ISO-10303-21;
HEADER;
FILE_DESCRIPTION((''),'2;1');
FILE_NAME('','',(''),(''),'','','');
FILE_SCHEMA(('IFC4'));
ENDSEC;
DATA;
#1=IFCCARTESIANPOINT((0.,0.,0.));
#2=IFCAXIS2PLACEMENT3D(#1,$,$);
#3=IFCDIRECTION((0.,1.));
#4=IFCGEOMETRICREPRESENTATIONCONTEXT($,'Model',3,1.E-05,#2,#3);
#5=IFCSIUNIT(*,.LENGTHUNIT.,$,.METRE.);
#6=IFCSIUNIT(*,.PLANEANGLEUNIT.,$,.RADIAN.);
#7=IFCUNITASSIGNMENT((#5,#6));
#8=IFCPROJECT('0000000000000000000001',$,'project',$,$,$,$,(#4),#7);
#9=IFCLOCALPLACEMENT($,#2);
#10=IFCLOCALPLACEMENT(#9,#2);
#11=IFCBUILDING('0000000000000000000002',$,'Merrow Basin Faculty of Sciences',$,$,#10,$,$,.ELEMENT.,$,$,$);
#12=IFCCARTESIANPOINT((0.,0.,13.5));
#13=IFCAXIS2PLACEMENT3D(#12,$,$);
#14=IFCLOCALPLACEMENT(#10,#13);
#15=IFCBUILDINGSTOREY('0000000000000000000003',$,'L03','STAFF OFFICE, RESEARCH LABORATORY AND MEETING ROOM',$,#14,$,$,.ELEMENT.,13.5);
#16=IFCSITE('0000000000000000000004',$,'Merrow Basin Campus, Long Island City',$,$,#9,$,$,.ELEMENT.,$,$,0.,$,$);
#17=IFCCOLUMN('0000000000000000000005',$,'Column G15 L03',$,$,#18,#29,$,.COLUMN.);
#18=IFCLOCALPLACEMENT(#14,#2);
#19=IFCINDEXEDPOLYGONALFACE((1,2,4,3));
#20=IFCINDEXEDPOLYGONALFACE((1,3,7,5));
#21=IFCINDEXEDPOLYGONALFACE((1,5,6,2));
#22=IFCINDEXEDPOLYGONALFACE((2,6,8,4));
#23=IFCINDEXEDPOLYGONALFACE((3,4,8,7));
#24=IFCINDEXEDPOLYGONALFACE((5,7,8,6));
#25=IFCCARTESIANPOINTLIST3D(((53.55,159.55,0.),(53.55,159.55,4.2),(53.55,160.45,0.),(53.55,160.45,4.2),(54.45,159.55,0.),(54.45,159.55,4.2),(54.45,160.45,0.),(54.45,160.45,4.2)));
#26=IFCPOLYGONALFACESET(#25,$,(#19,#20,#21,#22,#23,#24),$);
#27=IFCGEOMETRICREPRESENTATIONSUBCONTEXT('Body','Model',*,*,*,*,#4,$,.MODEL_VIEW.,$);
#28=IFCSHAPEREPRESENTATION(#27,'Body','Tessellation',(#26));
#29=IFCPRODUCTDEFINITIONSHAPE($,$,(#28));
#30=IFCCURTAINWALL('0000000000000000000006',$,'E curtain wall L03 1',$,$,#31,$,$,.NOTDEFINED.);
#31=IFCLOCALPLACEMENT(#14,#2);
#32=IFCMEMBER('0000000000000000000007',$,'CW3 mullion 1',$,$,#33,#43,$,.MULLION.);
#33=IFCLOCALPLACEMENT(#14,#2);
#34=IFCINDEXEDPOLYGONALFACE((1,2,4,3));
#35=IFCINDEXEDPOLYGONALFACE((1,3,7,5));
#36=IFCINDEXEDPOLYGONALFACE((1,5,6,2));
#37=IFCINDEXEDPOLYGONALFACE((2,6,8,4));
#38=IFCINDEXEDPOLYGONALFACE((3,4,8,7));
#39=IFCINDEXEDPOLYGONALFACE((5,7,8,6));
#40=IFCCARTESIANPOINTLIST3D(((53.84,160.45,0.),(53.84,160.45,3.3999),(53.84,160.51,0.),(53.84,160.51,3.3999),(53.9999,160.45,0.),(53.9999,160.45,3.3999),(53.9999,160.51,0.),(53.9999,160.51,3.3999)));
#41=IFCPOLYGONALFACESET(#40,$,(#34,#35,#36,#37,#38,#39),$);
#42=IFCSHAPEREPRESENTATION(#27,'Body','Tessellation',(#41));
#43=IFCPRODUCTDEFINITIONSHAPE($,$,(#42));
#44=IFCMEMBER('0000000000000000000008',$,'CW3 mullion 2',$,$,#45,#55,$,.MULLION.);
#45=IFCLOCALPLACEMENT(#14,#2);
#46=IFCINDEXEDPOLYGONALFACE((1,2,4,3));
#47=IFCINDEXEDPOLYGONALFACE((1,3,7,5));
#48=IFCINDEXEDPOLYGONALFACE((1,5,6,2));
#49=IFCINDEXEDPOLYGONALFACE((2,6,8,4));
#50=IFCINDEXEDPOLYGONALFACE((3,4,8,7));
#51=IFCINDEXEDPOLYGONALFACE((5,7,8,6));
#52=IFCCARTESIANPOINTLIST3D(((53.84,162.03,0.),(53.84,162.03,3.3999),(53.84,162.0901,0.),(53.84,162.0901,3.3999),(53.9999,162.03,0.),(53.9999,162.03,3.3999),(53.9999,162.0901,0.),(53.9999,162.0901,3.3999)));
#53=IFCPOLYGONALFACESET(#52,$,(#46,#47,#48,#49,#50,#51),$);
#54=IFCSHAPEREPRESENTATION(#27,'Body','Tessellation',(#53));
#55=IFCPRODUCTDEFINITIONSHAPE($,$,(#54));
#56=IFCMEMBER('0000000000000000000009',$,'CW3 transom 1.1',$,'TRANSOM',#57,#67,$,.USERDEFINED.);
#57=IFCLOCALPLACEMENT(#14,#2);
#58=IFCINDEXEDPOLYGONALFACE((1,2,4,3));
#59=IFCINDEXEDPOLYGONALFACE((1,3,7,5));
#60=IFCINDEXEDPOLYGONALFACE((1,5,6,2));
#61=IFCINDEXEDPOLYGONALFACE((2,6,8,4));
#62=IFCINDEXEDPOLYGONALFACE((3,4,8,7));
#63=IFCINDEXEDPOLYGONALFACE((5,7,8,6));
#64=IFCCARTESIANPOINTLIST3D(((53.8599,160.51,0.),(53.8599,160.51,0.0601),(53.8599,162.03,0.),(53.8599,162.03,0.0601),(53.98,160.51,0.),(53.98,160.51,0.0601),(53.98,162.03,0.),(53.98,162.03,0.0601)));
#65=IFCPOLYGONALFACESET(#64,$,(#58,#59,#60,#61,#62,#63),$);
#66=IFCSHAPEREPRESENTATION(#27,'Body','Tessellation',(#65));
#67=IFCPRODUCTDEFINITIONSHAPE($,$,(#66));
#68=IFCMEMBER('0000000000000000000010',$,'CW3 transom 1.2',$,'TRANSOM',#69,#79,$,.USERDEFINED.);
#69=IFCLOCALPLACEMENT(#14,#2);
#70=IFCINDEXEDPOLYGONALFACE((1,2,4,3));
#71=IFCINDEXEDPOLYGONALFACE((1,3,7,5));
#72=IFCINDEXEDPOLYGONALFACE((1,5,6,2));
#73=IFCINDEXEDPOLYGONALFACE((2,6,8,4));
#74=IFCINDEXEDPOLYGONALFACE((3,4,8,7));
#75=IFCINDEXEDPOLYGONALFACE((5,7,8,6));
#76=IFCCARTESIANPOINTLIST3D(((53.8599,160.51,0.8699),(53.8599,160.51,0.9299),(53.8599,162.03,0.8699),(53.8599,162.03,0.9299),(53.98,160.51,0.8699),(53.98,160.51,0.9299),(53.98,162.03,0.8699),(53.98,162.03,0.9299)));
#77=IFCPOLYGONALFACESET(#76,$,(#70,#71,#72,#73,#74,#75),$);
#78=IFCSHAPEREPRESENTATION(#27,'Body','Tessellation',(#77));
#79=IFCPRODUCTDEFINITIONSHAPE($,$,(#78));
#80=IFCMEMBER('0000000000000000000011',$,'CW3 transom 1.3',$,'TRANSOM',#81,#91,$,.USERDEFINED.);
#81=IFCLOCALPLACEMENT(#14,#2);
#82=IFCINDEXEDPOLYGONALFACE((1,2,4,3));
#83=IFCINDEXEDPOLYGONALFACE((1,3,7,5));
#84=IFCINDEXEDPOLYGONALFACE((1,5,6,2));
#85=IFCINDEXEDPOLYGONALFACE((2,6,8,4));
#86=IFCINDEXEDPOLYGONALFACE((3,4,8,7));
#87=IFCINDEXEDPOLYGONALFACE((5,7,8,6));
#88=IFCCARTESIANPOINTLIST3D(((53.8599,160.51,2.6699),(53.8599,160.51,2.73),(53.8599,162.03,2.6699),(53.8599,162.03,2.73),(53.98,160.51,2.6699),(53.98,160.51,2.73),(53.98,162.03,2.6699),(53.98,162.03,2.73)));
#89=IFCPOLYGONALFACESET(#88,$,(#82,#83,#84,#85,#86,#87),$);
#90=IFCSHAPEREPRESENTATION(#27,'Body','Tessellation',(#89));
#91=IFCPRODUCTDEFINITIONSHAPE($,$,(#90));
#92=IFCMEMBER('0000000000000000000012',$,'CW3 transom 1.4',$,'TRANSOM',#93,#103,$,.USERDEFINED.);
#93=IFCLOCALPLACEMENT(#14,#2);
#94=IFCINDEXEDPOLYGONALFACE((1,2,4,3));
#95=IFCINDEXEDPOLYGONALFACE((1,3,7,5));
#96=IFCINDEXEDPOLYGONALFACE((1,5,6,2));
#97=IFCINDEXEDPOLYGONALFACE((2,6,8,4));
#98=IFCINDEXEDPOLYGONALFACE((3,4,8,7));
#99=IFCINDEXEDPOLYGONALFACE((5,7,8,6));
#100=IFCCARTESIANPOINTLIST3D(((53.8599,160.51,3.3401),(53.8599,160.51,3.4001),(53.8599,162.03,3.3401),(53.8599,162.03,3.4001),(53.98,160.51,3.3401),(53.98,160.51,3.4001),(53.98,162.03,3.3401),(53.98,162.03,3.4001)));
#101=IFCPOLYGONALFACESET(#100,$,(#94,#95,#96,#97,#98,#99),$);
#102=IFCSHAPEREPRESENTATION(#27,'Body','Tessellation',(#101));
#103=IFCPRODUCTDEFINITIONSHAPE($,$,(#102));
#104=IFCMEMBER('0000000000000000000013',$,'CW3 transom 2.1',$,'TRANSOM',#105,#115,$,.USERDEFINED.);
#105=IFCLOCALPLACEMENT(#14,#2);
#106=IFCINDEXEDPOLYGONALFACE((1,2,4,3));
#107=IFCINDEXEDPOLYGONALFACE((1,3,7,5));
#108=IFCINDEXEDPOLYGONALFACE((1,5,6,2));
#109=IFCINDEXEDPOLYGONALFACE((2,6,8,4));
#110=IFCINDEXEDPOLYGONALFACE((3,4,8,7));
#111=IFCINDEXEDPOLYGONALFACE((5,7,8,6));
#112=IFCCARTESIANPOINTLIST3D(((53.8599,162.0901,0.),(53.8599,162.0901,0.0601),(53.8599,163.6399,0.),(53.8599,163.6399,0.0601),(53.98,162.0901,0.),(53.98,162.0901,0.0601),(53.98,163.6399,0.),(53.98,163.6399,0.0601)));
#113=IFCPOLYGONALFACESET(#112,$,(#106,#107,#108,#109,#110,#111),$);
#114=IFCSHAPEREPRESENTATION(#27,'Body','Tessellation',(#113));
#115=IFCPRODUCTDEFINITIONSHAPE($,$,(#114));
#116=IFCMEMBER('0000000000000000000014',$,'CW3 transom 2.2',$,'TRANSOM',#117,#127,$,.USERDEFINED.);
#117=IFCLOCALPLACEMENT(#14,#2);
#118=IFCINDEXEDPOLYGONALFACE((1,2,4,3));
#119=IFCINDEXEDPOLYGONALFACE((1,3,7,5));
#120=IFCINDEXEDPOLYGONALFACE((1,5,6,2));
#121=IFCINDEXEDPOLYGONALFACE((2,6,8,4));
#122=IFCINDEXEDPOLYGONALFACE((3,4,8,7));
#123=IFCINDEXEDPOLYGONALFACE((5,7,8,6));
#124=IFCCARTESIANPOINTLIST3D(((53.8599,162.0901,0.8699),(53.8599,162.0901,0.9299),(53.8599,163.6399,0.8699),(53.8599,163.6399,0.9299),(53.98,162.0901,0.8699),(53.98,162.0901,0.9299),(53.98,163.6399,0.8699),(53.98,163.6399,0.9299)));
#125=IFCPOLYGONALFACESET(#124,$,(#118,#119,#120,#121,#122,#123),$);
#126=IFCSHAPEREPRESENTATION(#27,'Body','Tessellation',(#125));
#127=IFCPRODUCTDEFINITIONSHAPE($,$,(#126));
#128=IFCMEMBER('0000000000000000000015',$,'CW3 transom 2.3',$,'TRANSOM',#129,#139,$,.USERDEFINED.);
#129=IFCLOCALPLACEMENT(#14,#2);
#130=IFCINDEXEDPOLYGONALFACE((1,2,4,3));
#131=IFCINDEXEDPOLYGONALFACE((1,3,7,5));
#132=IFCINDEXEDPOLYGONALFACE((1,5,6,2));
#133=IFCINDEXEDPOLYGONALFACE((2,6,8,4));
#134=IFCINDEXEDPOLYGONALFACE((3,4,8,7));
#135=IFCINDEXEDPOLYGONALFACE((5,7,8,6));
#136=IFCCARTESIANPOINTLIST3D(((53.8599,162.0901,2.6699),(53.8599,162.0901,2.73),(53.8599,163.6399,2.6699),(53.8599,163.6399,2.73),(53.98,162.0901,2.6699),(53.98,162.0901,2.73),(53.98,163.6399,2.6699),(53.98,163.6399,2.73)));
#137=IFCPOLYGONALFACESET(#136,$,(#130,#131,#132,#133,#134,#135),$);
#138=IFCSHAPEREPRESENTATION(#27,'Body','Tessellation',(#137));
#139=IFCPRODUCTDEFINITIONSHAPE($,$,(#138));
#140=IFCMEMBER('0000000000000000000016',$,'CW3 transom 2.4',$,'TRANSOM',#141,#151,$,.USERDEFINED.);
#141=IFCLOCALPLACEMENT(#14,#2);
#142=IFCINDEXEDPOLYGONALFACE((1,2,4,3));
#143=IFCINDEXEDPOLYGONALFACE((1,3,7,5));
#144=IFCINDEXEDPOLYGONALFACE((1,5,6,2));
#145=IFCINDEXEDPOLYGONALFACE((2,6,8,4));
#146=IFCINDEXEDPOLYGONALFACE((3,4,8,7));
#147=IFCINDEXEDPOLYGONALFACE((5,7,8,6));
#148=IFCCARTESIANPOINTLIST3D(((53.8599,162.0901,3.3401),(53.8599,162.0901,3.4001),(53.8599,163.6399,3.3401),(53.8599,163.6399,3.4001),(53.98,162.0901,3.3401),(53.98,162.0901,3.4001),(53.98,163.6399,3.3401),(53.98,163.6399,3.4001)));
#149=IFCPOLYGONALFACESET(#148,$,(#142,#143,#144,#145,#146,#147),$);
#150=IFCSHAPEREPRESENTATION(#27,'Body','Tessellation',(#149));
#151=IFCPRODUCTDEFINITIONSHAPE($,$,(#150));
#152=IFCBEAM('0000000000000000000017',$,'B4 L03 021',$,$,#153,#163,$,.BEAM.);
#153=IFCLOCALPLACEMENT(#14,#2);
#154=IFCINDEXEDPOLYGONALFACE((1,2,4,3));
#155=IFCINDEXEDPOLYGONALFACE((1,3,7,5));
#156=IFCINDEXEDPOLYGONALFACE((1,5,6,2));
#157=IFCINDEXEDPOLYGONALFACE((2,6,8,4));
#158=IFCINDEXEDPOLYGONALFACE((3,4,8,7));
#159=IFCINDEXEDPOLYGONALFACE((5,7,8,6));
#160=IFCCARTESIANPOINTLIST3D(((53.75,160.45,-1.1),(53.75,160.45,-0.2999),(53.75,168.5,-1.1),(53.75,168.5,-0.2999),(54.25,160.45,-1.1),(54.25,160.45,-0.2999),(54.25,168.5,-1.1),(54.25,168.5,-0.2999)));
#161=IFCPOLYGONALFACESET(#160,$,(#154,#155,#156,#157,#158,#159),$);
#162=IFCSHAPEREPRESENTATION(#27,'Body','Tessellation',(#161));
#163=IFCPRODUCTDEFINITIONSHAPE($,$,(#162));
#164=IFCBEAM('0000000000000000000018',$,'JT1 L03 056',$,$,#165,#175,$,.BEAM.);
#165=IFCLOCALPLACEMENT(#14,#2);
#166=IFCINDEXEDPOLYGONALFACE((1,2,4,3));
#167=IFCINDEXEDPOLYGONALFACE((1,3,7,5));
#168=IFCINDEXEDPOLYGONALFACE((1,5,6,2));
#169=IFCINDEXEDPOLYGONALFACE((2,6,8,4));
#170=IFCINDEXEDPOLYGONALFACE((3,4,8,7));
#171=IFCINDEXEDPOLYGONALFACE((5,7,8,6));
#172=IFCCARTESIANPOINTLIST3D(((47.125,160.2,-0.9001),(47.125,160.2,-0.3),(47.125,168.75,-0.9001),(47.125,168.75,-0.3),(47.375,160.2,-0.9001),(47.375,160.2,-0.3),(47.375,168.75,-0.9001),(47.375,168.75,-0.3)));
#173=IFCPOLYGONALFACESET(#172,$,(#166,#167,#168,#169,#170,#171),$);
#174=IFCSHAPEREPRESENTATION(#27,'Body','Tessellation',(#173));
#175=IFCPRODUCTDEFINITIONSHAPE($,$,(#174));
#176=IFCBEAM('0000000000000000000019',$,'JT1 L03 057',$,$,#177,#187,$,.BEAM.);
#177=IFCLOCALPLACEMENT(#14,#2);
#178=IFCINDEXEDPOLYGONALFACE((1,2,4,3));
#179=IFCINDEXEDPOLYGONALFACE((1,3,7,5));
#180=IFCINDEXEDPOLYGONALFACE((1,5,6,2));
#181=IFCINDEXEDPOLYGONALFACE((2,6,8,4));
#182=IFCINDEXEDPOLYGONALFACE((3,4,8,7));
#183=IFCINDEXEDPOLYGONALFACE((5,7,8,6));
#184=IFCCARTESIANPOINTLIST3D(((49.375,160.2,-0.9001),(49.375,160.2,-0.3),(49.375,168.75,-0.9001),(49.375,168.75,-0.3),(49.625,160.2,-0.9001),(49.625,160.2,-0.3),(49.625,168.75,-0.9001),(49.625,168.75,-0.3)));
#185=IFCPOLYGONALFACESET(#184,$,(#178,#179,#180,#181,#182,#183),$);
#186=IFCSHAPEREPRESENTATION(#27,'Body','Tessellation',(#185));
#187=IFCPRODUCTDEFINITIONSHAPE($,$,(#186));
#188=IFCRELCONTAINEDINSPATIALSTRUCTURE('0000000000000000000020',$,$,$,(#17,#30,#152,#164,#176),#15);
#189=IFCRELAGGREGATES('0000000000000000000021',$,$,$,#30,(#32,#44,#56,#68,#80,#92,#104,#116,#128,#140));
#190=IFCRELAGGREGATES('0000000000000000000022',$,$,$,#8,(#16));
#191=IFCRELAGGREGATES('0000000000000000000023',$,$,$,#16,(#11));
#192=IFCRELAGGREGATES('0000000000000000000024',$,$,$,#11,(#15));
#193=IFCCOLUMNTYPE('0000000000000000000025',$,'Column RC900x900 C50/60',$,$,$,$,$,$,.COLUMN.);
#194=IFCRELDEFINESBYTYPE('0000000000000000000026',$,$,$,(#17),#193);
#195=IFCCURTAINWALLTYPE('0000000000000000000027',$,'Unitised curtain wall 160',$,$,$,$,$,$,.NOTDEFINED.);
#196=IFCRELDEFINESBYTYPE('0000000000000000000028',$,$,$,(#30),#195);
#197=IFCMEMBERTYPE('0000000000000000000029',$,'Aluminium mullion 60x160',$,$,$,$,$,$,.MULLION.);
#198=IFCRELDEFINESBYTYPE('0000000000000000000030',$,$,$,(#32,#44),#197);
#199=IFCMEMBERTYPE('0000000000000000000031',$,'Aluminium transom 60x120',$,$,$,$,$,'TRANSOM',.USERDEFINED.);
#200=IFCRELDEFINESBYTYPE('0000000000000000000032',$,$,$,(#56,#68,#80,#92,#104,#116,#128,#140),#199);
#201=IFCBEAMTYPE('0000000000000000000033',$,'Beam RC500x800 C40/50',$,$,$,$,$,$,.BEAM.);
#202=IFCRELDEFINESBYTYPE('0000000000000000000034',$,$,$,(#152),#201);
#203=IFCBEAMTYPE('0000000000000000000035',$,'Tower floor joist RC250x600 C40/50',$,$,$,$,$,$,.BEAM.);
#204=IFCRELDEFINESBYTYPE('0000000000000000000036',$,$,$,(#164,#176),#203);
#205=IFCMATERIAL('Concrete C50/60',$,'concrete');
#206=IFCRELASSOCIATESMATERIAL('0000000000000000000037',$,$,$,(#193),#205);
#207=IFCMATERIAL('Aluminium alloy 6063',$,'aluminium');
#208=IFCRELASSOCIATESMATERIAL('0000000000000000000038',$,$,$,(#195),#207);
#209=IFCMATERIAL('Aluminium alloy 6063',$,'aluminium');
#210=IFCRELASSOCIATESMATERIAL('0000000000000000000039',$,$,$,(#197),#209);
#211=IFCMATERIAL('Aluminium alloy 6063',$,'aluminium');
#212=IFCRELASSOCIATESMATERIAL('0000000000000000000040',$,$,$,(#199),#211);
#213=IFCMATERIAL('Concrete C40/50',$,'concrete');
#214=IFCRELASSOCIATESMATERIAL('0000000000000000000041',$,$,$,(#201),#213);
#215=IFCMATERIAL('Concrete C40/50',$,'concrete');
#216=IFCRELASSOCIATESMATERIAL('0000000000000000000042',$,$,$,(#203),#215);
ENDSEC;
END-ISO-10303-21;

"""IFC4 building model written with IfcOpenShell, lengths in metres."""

from ifc_helpers import new_model, si_unit, direction, frame, origin, origin_2d, place, context, subcontext, project, spatial, rectangle, extrude, material, material_profile, profile_set, type_object, element, aggregate, save


model = new_model("IFC4")

# Units and contexts
model_context = context("Model", 3, precision=1e-05, world=origin(), true_north=direction((0.0, 1.0)))
body_context = subcontext(model_context, "Body", "Model", "MODEL_VIEW")
ifc_project = project(units=[si_unit("LENGTHUNIT", "METRE"), si_unit("PLANEANGLEUNIT", "RADIAN")], contexts=[model_context])

# Site, building, storey
site_placement = place(None, origin())
site = spatial("IfcSite", under=ifc_project, at=site_placement, Name="Merrow Basin Campus, Long Island City", CompositionType="ELEMENT", RefElevation=0.0)
building_placement = place(site_placement, origin())
building = spatial("IfcBuilding", under=site, at=building_placement, Name="Merrow Basin Faculty of Sciences", CompositionType="ELEMENT")
storey_placement = place(building_placement, frame((0.0, 0.0, 13.5)))
storey = spatial("IfcBuildingStorey", under=building, at=storey_placement, Name="L03", Description="STAFF OFFICE, RESEARCH LABORATORY AND MEETING ROOM", CompositionType="ELEMENT", Elevation=13.5)

# Column
ifc_material_1 = material(Name="Concrete C50/60", Category="concrete")
ifc_material_profile_1 = material_profile(ifc_material_1, rectangle(XDim=0.8999, YDim=0.8999, at=origin_2d()))
ifc_profile_set_1 = profile_set([ifc_material_profile_1], Name="Concrete C50/60")
column_type = type_object("IfcColumnType", Name="Column RC900x900 C50/60", PredefinedType="COLUMN", material=ifc_profile_set_1)
column_placement = place(storey_placement, frame((54.0, 160.0, 0.0), z_axis=(0.0, 0.0, 1.0), x_axis=(1.0, 0.0, 0.0)))
element("IfcColumn", 1, at=column_placement, inside=storey, type_object=column_type, Name="Column G15 L03", PredefinedType="COLUMN", context=body_context, shape_type="SweptSolid", body=[
    extrude(rectangle(XDim=0.8999, YDim=0.8999, at=origin_2d()), origin(), (0.0, 0.0, 1.0), 4.2),
])

# Curtain wall, members
ifc_material_2 = material(Name="Aluminium alloy 6063", Category="aluminium")
curtain_wall_type = type_object("IfcCurtainWallType", Name="Unitised curtain wall 160", PredefinedType="NOTDEFINED", material=ifc_material_2)
curtain_wall_placement = place(storey_placement, origin())
curtain_wall = element("IfcCurtainWall", 2, at=curtain_wall_placement, inside=storey, type_object=curtain_wall_type, Name="E curtain wall L03 1", PredefinedType="NOTDEFINED")
ifc_material_3 = material(Name="Aluminium alloy 6063", Category="aluminium")
ifc_material_profile_2 = material_profile(ifc_material_3, rectangle(XDim=0.1599, YDim=0.0601, at=origin_2d()))
ifc_profile_set_2 = profile_set([ifc_material_profile_2], Name="Aluminium alloy 6063")
member_type_1 = type_object("IfcMemberType", Name="Aluminium mullion 60x160", PredefinedType="MULLION", material=ifc_profile_set_2)
member_1_placement = place(storey_placement, frame((53.9199, 160.48, 0.0), z_axis=(0.0, 0.0, 1.0), x_axis=(-1.0, 0.0, 0.0)))
member_1 = element("IfcMember", 3, at=member_1_placement, type_object=member_type_1, Name="CW3 mullion 1", PredefinedType="MULLION", context=body_context, shape_type="SweptSolid", body=[
    extrude(rectangle(XDim=0.1599, YDim=0.0601, at=origin_2d()), origin(), (0.0, 0.0, 1.0), 3.3999),
])
member_2_placement = place(storey_placement, frame((53.9199, 162.0601, 0.0), z_axis=(0.0, 0.0, 1.0), x_axis=(-1.0, 0.0, 0.0)))
member_2 = element("IfcMember", 4, at=member_2_placement, type_object=member_type_1, Name="CW3 mullion 2", PredefinedType="MULLION", context=body_context, shape_type="SweptSolid", body=[
    extrude(rectangle(XDim=0.1599, YDim=0.0601, at=origin_2d()), origin(), (0.0, 0.0, 1.0), 3.3999),
])
ifc_material_4 = material(Name="Aluminium alloy 6063", Category="aluminium")
ifc_material_profile_3 = material_profile(ifc_material_4, rectangle(XDim=0.1201, YDim=0.0601, at=origin_2d()))
ifc_profile_set_3 = profile_set([ifc_material_profile_3], Name="Aluminium alloy 6063")
member_type_2 = type_object("IfcMemberType", Name="Aluminium transom 60x120", ElementType="TRANSOM", PredefinedType="USERDEFINED", material=ifc_profile_set_3)
member_3_placement = place(storey_placement, frame((53.9199, 160.51, 0.03), z_axis=(0.0, 1.0, 0.0), x_axis=(-1.0, 0.0, 0.0)))
member_3 = element("IfcMember", 5, at=member_3_placement, type_object=member_type_2, Name="CW3 transom 1.1", ObjectType="TRANSOM", PredefinedType="USERDEFINED", context=body_context, shape_type="SweptSolid", body=[
    extrude(rectangle(XDim=0.1201, YDim=0.0601, at=origin_2d()), origin(), (0.0, 0.0, 1.0), 1.52),
])
member_4_placement = place(storey_placement, frame((53.9199, 160.51, 0.8999), z_axis=(0.0, 1.0, 0.0), x_axis=(-1.0, 0.0, 0.0)))
member_4 = element("IfcMember", 6, at=member_4_placement, type_object=member_type_2, Name="CW3 transom 1.2", ObjectType="TRANSOM", PredefinedType="USERDEFINED", context=body_context, shape_type="SweptSolid", body=[
    extrude(rectangle(XDim=0.1201, YDim=0.0601, at=origin_2d()), origin(), (0.0, 0.0, 1.0), 1.52),
])
member_5_placement = place(storey_placement, frame((53.9199, 160.51, 2.7), z_axis=(0.0, 1.0, 0.0), x_axis=(-1.0, 0.0, 0.0)))
member_5 = element("IfcMember", 7, at=member_5_placement, type_object=member_type_2, Name="CW3 transom 1.3", ObjectType="TRANSOM", PredefinedType="USERDEFINED", context=body_context, shape_type="SweptSolid", body=[
    extrude(rectangle(XDim=0.1201, YDim=0.0601, at=origin_2d()), origin(), (0.0, 0.0, 1.0), 1.52),
])
member_6_placement = place(storey_placement, frame((53.9199, 160.51, 3.3701), z_axis=(0.0, 1.0, 0.0), x_axis=(-1.0, 0.0, 0.0)))
member_6 = element("IfcMember", 8, at=member_6_placement, type_object=member_type_2, Name="CW3 transom 1.4", ObjectType="TRANSOM", PredefinedType="USERDEFINED", context=body_context, shape_type="SweptSolid", body=[
    extrude(rectangle(XDim=0.1201, YDim=0.0601, at=origin_2d()), origin(), (0.0, 0.0, 1.0), 1.52),
])
member_7_placement = place(storey_placement, frame((53.9199, 162.0901, 0.03), z_axis=(0.0, 1.0, 0.0), x_axis=(-1.0, 0.0, 0.0)))
member_7 = element("IfcMember", 9, at=member_7_placement, type_object=member_type_2, Name="CW3 transom 2.1", ObjectType="TRANSOM", PredefinedType="USERDEFINED", context=body_context, shape_type="SweptSolid", body=[
    extrude(rectangle(XDim=0.1201, YDim=0.0601, at=origin_2d()), origin(), (0.0, 0.0, 1.0), 1.5498),
])
member_8_placement = place(storey_placement, frame((53.9199, 162.0901, 0.8999), z_axis=(0.0, 1.0, 0.0), x_axis=(-1.0, 0.0, 0.0)))
member_8 = element("IfcMember", 10, at=member_8_placement, type_object=member_type_2, Name="CW3 transom 2.2", ObjectType="TRANSOM", PredefinedType="USERDEFINED", context=body_context, shape_type="SweptSolid", body=[
    extrude(rectangle(XDim=0.1201, YDim=0.0601, at=origin_2d()), origin(), (0.0, 0.0, 1.0), 1.5498),
])
member_9_placement = place(storey_placement, frame((53.9199, 162.0901, 2.7), z_axis=(0.0, 1.0, 0.0), x_axis=(-1.0, 0.0, 0.0)))
member_9 = element("IfcMember", 11, at=member_9_placement, type_object=member_type_2, Name="CW3 transom 2.3", ObjectType="TRANSOM", PredefinedType="USERDEFINED", context=body_context, shape_type="SweptSolid", body=[
    extrude(rectangle(XDim=0.1201, YDim=0.0601, at=origin_2d()), origin(), (0.0, 0.0, 1.0), 1.5498),
])
member_10_placement = place(storey_placement, frame((53.9199, 162.0901, 3.3701), z_axis=(0.0, 1.0, 0.0), x_axis=(-1.0, 0.0, 0.0)))
member_10 = element("IfcMember", 12, at=member_10_placement, type_object=member_type_2, Name="CW3 transom 2.4", ObjectType="TRANSOM", PredefinedType="USERDEFINED", context=body_context, shape_type="SweptSolid", body=[
    extrude(rectangle(XDim=0.1201, YDim=0.0601, at=origin_2d()), origin(), (0.0, 0.0, 1.0), 1.5498),
])

# Beams
ifc_material_5 = material(Name="Concrete C40/50", Category="concrete")
ifc_material_profile_4 = material_profile(ifc_material_5, rectangle(XDim=0.5, YDim=0.8, at=origin_2d()))
ifc_profile_set_4 = profile_set([ifc_material_profile_4], Name="Concrete C40/50")
beam_type_1 = type_object("IfcBeamType", Name="Beam RC500x800 C40/50", PredefinedType="BEAM", material=ifc_profile_set_4)
beam_placement = place(storey_placement, frame((54.0, 160.45, -0.7), z_axis=(0.0, 1.0, 0.0), x_axis=(-1.0, 0.0, 0.0)))
element("IfcBeam", 13, at=beam_placement, inside=storey, type_object=beam_type_1, Name="B4 L03 021", PredefinedType="BEAM", context=body_context, shape_type="SweptSolid", body=[
    extrude(rectangle(XDim=0.5, YDim=0.8, at=origin_2d()), origin(), (0.0, 0.0, 1.0), 8.05),
])
ifc_material_6 = material(Name="Concrete C40/50", Category="concrete")
ifc_material_profile_5 = material_profile(ifc_material_6, rectangle(XDim=0.25, YDim=0.6001, at=origin_2d()))
ifc_profile_set_5 = profile_set([ifc_material_profile_5], Name="Concrete C40/50")
beam_type_2 = type_object("IfcBeamType", Name="Tower floor joist RC250x600 C40/50", PredefinedType="BEAM", material=ifc_profile_set_5)
for number, where, z_axis, x_axis, name in (
    (14, (47.25, 160.2, -0.6001), (0.0, 1.0, 0.0), (-1.0, 0.0, 0.0), "JT1 L03 056"),
    (15, (49.5, 160.2, -0.6001), (0.0, 1.0, 0.0), (-1.0, 0.0, 0.0), "JT1 L03 057"),
):
    element("IfcBeam", number, at=place(storey_placement, frame(where, z_axis=z_axis, x_axis=x_axis)), inside=storey, type_object=beam_type_2, Name=name, PredefinedType="BEAM", context=body_context, shape_type="SweptSolid", body=[
        extrude(rectangle(XDim=0.25, YDim=0.6001, at=origin_2d()), origin(), (0.0, 0.0, 1.0), 8.55),
    ])

aggregate(curtain_wall, [member_1, member_2, member_3, member_4, member_5, member_6, member_7, member_8, member_9, member_10])

save(model, "model.ifc")
